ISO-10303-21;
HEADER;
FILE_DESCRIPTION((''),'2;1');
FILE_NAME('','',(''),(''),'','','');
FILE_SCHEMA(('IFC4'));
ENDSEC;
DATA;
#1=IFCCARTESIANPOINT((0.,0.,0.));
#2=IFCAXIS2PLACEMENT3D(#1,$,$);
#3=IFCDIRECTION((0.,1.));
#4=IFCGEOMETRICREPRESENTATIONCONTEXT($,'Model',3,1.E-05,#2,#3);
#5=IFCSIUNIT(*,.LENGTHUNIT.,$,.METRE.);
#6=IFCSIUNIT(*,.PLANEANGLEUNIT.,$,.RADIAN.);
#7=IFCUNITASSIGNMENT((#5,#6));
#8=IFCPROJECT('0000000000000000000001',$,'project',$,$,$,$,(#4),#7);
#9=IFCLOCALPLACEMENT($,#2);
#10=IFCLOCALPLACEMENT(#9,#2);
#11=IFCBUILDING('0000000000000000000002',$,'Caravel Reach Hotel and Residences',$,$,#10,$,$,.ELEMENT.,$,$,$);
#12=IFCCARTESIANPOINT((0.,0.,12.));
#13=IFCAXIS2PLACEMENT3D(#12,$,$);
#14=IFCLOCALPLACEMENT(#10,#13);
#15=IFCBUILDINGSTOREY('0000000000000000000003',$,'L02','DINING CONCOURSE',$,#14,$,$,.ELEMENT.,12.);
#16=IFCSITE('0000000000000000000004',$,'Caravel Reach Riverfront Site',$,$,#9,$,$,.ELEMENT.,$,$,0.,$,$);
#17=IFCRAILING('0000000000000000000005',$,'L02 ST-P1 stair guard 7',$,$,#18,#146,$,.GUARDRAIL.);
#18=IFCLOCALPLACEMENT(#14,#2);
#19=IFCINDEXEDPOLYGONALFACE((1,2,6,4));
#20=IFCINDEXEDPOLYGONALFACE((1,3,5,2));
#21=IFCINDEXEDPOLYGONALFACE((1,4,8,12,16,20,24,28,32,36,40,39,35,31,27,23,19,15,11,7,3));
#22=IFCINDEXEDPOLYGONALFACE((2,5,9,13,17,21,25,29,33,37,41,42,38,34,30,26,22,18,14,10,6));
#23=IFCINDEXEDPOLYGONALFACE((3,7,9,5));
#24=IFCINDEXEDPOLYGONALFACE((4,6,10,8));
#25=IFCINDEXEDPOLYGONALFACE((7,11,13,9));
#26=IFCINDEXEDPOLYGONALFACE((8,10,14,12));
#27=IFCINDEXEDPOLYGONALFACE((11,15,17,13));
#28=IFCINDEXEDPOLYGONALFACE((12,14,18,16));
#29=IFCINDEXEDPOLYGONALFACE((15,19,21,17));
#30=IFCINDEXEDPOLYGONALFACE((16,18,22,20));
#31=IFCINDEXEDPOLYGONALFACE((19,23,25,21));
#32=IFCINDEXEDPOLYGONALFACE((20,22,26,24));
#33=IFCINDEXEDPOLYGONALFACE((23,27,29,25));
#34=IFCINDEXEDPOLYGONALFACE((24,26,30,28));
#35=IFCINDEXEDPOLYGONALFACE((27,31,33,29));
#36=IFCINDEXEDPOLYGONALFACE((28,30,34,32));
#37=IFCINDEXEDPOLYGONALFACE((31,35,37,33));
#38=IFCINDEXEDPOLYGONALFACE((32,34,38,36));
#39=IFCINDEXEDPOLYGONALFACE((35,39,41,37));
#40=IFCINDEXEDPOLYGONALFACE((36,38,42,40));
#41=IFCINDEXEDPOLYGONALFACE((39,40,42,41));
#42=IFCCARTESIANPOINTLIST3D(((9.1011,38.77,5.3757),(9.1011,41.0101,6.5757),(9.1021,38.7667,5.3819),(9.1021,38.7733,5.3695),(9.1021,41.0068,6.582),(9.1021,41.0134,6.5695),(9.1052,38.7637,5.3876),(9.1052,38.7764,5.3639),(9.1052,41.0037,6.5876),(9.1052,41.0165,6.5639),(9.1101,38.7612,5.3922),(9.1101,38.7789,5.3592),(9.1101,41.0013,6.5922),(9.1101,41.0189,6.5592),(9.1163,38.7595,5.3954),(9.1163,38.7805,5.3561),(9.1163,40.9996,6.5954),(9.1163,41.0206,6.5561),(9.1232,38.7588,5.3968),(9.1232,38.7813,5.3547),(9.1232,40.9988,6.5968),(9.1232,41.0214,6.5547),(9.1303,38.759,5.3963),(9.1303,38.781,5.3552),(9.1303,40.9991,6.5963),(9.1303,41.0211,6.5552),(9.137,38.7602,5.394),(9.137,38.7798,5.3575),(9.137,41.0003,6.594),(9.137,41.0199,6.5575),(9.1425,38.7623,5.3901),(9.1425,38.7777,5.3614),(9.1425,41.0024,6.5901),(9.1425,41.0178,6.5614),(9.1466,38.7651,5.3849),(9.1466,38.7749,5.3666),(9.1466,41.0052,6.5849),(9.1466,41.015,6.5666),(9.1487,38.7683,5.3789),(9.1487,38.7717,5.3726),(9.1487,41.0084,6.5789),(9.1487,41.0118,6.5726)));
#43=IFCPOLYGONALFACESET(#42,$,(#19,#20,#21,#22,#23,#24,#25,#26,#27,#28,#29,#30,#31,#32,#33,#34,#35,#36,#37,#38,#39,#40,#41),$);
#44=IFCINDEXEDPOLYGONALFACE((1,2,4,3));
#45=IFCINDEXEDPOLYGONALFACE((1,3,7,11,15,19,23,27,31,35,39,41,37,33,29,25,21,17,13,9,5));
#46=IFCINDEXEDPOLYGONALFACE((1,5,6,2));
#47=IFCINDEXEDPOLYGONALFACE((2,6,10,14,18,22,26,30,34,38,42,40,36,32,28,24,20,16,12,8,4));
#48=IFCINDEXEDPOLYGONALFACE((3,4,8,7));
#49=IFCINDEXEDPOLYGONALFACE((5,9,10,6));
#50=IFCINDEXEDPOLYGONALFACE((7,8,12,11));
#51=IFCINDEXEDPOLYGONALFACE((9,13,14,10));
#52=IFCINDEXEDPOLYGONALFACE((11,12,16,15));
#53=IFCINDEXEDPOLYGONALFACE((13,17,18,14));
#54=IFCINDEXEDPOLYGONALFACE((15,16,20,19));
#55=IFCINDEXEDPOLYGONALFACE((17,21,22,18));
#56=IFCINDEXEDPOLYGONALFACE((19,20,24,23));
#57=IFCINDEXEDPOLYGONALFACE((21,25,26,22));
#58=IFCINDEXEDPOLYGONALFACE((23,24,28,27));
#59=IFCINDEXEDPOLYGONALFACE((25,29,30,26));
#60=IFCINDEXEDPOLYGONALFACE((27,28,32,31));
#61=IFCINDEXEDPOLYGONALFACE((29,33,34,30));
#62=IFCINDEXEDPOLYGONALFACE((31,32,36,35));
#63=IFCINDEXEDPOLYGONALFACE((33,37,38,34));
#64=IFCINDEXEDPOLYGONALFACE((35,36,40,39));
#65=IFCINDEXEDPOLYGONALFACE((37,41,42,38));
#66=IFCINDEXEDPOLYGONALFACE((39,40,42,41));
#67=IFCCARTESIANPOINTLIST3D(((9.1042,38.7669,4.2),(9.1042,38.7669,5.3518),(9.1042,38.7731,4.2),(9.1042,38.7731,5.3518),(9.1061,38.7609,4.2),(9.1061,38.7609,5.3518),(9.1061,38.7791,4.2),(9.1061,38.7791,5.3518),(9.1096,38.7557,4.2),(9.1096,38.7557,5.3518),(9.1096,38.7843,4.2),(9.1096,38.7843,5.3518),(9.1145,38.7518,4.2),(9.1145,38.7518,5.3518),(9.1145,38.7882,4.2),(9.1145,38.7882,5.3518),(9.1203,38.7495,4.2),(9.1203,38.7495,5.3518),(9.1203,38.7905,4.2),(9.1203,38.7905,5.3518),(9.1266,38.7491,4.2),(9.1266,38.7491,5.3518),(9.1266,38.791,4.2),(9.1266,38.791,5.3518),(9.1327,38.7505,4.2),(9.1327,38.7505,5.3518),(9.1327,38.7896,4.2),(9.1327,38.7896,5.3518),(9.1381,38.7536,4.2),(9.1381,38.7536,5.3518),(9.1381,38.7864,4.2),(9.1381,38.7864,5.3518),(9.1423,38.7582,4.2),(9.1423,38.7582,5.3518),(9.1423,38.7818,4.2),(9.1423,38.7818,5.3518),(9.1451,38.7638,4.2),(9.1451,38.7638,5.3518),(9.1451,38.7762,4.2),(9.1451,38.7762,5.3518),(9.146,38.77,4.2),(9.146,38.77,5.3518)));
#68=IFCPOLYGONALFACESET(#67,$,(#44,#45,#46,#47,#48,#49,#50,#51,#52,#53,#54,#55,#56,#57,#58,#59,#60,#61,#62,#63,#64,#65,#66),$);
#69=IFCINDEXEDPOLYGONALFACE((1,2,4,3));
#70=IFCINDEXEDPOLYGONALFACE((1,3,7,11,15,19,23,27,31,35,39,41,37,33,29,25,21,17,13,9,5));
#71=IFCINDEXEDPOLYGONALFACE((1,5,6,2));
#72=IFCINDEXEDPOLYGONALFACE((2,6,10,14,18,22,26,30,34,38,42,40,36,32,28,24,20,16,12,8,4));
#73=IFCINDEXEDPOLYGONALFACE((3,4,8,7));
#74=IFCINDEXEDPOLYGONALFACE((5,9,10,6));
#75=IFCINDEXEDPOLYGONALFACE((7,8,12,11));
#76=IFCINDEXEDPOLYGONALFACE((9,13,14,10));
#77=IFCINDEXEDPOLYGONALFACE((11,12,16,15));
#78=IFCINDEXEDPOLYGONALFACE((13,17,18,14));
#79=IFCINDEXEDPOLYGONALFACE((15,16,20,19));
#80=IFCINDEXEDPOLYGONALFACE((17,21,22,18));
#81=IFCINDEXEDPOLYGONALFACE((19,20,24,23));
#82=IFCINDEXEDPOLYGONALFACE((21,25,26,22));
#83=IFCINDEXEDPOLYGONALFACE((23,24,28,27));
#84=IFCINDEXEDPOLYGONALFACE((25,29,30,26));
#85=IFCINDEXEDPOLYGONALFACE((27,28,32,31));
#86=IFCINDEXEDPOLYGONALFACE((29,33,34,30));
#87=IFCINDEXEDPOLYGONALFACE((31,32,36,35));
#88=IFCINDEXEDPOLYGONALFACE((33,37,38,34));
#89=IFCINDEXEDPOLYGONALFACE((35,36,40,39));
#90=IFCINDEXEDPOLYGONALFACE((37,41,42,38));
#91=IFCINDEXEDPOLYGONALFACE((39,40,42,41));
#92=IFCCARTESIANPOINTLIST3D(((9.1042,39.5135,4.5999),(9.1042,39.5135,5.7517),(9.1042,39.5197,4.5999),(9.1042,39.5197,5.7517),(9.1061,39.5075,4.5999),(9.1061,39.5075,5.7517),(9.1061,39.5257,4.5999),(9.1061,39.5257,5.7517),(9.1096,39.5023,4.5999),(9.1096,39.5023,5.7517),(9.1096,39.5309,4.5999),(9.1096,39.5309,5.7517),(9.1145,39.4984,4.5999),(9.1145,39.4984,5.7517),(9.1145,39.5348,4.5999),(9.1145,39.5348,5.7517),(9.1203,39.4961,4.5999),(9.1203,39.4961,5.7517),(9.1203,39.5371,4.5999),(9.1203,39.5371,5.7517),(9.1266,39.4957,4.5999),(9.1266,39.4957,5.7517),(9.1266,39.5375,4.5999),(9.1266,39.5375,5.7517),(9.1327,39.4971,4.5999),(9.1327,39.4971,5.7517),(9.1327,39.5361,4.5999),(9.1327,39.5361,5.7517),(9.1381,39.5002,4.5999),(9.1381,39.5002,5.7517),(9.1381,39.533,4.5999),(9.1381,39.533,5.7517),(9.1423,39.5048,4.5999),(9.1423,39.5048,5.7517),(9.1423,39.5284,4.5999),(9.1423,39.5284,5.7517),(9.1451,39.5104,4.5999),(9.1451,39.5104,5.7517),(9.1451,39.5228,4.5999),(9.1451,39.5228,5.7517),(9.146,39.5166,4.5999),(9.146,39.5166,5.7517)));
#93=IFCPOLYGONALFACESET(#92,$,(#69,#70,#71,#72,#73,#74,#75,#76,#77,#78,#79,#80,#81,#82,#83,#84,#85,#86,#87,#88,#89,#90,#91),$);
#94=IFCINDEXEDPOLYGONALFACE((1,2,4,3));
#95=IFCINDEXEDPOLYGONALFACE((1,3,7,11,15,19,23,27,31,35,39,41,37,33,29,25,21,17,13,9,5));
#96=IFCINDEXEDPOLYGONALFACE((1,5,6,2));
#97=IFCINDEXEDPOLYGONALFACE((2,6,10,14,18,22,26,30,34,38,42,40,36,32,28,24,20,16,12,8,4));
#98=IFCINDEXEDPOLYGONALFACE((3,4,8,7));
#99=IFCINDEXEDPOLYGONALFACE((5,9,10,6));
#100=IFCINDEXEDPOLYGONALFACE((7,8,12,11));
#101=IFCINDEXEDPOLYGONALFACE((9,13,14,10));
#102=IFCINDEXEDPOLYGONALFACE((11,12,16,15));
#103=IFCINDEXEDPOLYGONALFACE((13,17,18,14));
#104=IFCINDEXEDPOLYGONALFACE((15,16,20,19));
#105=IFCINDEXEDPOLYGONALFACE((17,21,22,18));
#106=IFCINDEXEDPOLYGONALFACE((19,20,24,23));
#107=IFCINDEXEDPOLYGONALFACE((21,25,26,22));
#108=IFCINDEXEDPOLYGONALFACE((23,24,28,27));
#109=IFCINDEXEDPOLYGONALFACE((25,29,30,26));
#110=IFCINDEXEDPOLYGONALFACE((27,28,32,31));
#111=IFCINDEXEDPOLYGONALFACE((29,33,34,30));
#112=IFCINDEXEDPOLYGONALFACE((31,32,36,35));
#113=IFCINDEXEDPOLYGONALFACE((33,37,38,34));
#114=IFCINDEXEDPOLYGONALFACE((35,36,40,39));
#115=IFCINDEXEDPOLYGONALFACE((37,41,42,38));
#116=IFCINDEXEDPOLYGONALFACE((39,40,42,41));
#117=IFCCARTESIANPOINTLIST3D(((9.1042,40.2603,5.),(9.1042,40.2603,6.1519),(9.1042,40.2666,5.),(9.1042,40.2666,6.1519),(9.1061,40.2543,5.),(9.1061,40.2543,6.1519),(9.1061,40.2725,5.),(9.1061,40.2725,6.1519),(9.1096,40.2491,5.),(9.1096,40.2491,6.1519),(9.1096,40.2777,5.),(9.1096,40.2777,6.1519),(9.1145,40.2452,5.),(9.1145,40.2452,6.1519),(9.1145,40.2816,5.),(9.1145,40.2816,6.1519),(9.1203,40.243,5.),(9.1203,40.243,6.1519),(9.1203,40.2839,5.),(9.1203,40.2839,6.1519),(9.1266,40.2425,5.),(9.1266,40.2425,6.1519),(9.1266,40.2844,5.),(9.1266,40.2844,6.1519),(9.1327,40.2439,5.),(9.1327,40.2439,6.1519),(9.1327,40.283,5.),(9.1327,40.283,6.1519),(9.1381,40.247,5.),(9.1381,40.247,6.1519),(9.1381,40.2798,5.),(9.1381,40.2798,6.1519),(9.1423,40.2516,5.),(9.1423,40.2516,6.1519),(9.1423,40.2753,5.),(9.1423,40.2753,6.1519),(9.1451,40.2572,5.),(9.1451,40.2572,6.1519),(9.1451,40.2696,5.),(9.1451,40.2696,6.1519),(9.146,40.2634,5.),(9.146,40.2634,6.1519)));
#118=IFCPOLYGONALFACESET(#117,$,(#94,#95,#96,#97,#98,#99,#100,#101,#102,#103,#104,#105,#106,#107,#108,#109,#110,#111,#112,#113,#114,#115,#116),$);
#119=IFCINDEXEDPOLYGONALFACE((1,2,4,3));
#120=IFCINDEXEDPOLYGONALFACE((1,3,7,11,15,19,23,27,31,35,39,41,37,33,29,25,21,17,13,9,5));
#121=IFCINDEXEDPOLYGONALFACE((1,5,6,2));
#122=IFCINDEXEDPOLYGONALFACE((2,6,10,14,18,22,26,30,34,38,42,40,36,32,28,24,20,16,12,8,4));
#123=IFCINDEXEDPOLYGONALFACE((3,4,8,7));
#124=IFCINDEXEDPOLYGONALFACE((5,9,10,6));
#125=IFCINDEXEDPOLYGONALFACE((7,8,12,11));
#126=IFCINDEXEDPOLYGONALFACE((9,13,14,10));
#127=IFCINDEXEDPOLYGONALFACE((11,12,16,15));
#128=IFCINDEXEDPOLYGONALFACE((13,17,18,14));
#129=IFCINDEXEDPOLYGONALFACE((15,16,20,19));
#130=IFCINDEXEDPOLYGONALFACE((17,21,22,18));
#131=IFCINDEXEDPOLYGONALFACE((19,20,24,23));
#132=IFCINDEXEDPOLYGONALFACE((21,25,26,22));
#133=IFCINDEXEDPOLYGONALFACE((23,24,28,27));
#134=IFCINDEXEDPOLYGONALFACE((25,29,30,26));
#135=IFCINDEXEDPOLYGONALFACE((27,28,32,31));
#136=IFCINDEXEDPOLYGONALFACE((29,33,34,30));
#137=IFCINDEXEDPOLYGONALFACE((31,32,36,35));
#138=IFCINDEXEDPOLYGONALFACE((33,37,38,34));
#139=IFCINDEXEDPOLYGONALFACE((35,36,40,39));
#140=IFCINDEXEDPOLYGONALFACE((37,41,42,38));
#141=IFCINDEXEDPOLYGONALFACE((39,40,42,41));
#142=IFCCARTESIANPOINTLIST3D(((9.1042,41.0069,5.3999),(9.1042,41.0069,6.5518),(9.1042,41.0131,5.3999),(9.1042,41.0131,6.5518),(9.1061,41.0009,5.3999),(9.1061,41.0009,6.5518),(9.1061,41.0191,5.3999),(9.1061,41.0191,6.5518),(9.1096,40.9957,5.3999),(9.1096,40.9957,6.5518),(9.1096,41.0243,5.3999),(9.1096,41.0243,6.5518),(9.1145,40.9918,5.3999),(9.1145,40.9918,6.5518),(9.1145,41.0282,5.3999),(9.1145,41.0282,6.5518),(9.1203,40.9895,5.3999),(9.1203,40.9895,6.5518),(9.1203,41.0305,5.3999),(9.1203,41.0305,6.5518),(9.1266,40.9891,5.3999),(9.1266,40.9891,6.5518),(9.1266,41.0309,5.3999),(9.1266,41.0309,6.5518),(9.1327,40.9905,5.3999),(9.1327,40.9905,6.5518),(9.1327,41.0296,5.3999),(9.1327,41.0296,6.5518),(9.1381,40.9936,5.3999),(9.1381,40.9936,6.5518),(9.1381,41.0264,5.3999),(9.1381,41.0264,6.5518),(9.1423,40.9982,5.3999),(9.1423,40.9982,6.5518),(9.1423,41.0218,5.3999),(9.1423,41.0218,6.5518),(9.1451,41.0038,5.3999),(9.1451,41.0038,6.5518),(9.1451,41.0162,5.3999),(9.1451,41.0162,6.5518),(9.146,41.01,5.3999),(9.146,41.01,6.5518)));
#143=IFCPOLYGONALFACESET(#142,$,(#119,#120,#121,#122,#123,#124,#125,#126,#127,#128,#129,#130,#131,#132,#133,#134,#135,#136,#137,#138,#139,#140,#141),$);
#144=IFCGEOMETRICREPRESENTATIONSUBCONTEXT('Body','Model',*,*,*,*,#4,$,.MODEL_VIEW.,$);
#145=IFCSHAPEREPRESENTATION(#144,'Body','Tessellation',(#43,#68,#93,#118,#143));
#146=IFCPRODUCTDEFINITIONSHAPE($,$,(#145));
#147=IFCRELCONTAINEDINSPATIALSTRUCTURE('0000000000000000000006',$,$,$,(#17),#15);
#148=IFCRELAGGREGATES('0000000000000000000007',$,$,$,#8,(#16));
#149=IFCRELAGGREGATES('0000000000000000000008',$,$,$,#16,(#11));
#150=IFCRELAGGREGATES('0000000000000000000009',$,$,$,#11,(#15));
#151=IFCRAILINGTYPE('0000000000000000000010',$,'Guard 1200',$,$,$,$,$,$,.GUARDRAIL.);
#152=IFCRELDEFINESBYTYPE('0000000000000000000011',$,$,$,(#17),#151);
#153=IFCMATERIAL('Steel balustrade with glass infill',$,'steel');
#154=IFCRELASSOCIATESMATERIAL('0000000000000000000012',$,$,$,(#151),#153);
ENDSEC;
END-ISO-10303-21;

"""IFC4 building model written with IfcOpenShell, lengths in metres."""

from ifc_helpers import new_model, si_unit, direction, frame, origin, origin_2d, place, context, subcontext, project, spatial, circle, extrude, material, type_object, element, save


model = new_model("IFC4")

# Units and contexts
model_context = context("Model", 3, precision=1e-05, world=origin(), true_north=direction((0.0, 1.0)))
body_context = subcontext(model_context, "Body", "Model", "MODEL_VIEW")
ifc_project = project(units=[si_unit("LENGTHUNIT", "METRE"), si_unit("PLANEANGLEUNIT", "RADIAN")], contexts=[model_context])

# Site, building, storey
site_placement = place(None, origin())
site = spatial("IfcSite", under=ifc_project, at=site_placement, Name="Caravel Reach Riverfront Site", CompositionType="ELEMENT", RefElevation=0.0)
building_placement = place(site_placement, origin())
building = spatial("IfcBuilding", under=site, at=building_placement, Name="Caravel Reach Hotel and Residences", CompositionType="ELEMENT")
storey_placement = place(building_placement, frame((0.0, 0.0, 12.0)))
storey = spatial("IfcBuildingStorey", under=building, at=storey_placement, Name="L02", Description="DINING CONCOURSE", CompositionType="ELEMENT", Elevation=12.0)

# Railing
ifc_material_1 = material(Name="Steel balustrade with glass infill", Category="steel")
railing_type_1 = type_object("IfcRailingType", Name="Guard 1200", PredefinedType="GUARDRAIL", material=ifc_material_1)
railing_1_placement = place(storey_placement, frame((9.125, 38.77, 4.2)))
element("IfcRailing", 1, at=railing_1_placement, inside=storey, type_object=railing_type_1, Name="L02 ST-P1 stair guard 7", PredefinedType="GUARDRAIL", context=body_context, shape_type="SweptSolid", body=[
    extrude(circle(Radius=0.0239, at=origin_2d()), frame((0.0, 0.0, 1.1758), z_axis=(0.0, 0.881487, 0.472208), x_axis=(-1.0, 0.0, 0.0)), (0.0, 0.0, 1.0), 2.5413),
    extrude(circle(Radius=0.021, at=origin_2d()), origin(), (0.0, 0.0, 1.0), 1.1519),
    extrude(circle(Radius=0.021, at=origin_2d()), frame((0.0, 0.7466, 0.3999)), (0.0, 0.0, 1.0), 1.1519),
    extrude(circle(Radius=0.021, at=origin_2d()), frame((0.0, 1.4934, 0.8)), (0.0, 0.0, 1.0), 1.1519),
    extrude(circle(Radius=0.021, at=origin_2d()), frame((0.0, 2.24, 1.2)), (0.0, 0.0, 1.0), 1.1519),
])

save(model, "model.ifc")
